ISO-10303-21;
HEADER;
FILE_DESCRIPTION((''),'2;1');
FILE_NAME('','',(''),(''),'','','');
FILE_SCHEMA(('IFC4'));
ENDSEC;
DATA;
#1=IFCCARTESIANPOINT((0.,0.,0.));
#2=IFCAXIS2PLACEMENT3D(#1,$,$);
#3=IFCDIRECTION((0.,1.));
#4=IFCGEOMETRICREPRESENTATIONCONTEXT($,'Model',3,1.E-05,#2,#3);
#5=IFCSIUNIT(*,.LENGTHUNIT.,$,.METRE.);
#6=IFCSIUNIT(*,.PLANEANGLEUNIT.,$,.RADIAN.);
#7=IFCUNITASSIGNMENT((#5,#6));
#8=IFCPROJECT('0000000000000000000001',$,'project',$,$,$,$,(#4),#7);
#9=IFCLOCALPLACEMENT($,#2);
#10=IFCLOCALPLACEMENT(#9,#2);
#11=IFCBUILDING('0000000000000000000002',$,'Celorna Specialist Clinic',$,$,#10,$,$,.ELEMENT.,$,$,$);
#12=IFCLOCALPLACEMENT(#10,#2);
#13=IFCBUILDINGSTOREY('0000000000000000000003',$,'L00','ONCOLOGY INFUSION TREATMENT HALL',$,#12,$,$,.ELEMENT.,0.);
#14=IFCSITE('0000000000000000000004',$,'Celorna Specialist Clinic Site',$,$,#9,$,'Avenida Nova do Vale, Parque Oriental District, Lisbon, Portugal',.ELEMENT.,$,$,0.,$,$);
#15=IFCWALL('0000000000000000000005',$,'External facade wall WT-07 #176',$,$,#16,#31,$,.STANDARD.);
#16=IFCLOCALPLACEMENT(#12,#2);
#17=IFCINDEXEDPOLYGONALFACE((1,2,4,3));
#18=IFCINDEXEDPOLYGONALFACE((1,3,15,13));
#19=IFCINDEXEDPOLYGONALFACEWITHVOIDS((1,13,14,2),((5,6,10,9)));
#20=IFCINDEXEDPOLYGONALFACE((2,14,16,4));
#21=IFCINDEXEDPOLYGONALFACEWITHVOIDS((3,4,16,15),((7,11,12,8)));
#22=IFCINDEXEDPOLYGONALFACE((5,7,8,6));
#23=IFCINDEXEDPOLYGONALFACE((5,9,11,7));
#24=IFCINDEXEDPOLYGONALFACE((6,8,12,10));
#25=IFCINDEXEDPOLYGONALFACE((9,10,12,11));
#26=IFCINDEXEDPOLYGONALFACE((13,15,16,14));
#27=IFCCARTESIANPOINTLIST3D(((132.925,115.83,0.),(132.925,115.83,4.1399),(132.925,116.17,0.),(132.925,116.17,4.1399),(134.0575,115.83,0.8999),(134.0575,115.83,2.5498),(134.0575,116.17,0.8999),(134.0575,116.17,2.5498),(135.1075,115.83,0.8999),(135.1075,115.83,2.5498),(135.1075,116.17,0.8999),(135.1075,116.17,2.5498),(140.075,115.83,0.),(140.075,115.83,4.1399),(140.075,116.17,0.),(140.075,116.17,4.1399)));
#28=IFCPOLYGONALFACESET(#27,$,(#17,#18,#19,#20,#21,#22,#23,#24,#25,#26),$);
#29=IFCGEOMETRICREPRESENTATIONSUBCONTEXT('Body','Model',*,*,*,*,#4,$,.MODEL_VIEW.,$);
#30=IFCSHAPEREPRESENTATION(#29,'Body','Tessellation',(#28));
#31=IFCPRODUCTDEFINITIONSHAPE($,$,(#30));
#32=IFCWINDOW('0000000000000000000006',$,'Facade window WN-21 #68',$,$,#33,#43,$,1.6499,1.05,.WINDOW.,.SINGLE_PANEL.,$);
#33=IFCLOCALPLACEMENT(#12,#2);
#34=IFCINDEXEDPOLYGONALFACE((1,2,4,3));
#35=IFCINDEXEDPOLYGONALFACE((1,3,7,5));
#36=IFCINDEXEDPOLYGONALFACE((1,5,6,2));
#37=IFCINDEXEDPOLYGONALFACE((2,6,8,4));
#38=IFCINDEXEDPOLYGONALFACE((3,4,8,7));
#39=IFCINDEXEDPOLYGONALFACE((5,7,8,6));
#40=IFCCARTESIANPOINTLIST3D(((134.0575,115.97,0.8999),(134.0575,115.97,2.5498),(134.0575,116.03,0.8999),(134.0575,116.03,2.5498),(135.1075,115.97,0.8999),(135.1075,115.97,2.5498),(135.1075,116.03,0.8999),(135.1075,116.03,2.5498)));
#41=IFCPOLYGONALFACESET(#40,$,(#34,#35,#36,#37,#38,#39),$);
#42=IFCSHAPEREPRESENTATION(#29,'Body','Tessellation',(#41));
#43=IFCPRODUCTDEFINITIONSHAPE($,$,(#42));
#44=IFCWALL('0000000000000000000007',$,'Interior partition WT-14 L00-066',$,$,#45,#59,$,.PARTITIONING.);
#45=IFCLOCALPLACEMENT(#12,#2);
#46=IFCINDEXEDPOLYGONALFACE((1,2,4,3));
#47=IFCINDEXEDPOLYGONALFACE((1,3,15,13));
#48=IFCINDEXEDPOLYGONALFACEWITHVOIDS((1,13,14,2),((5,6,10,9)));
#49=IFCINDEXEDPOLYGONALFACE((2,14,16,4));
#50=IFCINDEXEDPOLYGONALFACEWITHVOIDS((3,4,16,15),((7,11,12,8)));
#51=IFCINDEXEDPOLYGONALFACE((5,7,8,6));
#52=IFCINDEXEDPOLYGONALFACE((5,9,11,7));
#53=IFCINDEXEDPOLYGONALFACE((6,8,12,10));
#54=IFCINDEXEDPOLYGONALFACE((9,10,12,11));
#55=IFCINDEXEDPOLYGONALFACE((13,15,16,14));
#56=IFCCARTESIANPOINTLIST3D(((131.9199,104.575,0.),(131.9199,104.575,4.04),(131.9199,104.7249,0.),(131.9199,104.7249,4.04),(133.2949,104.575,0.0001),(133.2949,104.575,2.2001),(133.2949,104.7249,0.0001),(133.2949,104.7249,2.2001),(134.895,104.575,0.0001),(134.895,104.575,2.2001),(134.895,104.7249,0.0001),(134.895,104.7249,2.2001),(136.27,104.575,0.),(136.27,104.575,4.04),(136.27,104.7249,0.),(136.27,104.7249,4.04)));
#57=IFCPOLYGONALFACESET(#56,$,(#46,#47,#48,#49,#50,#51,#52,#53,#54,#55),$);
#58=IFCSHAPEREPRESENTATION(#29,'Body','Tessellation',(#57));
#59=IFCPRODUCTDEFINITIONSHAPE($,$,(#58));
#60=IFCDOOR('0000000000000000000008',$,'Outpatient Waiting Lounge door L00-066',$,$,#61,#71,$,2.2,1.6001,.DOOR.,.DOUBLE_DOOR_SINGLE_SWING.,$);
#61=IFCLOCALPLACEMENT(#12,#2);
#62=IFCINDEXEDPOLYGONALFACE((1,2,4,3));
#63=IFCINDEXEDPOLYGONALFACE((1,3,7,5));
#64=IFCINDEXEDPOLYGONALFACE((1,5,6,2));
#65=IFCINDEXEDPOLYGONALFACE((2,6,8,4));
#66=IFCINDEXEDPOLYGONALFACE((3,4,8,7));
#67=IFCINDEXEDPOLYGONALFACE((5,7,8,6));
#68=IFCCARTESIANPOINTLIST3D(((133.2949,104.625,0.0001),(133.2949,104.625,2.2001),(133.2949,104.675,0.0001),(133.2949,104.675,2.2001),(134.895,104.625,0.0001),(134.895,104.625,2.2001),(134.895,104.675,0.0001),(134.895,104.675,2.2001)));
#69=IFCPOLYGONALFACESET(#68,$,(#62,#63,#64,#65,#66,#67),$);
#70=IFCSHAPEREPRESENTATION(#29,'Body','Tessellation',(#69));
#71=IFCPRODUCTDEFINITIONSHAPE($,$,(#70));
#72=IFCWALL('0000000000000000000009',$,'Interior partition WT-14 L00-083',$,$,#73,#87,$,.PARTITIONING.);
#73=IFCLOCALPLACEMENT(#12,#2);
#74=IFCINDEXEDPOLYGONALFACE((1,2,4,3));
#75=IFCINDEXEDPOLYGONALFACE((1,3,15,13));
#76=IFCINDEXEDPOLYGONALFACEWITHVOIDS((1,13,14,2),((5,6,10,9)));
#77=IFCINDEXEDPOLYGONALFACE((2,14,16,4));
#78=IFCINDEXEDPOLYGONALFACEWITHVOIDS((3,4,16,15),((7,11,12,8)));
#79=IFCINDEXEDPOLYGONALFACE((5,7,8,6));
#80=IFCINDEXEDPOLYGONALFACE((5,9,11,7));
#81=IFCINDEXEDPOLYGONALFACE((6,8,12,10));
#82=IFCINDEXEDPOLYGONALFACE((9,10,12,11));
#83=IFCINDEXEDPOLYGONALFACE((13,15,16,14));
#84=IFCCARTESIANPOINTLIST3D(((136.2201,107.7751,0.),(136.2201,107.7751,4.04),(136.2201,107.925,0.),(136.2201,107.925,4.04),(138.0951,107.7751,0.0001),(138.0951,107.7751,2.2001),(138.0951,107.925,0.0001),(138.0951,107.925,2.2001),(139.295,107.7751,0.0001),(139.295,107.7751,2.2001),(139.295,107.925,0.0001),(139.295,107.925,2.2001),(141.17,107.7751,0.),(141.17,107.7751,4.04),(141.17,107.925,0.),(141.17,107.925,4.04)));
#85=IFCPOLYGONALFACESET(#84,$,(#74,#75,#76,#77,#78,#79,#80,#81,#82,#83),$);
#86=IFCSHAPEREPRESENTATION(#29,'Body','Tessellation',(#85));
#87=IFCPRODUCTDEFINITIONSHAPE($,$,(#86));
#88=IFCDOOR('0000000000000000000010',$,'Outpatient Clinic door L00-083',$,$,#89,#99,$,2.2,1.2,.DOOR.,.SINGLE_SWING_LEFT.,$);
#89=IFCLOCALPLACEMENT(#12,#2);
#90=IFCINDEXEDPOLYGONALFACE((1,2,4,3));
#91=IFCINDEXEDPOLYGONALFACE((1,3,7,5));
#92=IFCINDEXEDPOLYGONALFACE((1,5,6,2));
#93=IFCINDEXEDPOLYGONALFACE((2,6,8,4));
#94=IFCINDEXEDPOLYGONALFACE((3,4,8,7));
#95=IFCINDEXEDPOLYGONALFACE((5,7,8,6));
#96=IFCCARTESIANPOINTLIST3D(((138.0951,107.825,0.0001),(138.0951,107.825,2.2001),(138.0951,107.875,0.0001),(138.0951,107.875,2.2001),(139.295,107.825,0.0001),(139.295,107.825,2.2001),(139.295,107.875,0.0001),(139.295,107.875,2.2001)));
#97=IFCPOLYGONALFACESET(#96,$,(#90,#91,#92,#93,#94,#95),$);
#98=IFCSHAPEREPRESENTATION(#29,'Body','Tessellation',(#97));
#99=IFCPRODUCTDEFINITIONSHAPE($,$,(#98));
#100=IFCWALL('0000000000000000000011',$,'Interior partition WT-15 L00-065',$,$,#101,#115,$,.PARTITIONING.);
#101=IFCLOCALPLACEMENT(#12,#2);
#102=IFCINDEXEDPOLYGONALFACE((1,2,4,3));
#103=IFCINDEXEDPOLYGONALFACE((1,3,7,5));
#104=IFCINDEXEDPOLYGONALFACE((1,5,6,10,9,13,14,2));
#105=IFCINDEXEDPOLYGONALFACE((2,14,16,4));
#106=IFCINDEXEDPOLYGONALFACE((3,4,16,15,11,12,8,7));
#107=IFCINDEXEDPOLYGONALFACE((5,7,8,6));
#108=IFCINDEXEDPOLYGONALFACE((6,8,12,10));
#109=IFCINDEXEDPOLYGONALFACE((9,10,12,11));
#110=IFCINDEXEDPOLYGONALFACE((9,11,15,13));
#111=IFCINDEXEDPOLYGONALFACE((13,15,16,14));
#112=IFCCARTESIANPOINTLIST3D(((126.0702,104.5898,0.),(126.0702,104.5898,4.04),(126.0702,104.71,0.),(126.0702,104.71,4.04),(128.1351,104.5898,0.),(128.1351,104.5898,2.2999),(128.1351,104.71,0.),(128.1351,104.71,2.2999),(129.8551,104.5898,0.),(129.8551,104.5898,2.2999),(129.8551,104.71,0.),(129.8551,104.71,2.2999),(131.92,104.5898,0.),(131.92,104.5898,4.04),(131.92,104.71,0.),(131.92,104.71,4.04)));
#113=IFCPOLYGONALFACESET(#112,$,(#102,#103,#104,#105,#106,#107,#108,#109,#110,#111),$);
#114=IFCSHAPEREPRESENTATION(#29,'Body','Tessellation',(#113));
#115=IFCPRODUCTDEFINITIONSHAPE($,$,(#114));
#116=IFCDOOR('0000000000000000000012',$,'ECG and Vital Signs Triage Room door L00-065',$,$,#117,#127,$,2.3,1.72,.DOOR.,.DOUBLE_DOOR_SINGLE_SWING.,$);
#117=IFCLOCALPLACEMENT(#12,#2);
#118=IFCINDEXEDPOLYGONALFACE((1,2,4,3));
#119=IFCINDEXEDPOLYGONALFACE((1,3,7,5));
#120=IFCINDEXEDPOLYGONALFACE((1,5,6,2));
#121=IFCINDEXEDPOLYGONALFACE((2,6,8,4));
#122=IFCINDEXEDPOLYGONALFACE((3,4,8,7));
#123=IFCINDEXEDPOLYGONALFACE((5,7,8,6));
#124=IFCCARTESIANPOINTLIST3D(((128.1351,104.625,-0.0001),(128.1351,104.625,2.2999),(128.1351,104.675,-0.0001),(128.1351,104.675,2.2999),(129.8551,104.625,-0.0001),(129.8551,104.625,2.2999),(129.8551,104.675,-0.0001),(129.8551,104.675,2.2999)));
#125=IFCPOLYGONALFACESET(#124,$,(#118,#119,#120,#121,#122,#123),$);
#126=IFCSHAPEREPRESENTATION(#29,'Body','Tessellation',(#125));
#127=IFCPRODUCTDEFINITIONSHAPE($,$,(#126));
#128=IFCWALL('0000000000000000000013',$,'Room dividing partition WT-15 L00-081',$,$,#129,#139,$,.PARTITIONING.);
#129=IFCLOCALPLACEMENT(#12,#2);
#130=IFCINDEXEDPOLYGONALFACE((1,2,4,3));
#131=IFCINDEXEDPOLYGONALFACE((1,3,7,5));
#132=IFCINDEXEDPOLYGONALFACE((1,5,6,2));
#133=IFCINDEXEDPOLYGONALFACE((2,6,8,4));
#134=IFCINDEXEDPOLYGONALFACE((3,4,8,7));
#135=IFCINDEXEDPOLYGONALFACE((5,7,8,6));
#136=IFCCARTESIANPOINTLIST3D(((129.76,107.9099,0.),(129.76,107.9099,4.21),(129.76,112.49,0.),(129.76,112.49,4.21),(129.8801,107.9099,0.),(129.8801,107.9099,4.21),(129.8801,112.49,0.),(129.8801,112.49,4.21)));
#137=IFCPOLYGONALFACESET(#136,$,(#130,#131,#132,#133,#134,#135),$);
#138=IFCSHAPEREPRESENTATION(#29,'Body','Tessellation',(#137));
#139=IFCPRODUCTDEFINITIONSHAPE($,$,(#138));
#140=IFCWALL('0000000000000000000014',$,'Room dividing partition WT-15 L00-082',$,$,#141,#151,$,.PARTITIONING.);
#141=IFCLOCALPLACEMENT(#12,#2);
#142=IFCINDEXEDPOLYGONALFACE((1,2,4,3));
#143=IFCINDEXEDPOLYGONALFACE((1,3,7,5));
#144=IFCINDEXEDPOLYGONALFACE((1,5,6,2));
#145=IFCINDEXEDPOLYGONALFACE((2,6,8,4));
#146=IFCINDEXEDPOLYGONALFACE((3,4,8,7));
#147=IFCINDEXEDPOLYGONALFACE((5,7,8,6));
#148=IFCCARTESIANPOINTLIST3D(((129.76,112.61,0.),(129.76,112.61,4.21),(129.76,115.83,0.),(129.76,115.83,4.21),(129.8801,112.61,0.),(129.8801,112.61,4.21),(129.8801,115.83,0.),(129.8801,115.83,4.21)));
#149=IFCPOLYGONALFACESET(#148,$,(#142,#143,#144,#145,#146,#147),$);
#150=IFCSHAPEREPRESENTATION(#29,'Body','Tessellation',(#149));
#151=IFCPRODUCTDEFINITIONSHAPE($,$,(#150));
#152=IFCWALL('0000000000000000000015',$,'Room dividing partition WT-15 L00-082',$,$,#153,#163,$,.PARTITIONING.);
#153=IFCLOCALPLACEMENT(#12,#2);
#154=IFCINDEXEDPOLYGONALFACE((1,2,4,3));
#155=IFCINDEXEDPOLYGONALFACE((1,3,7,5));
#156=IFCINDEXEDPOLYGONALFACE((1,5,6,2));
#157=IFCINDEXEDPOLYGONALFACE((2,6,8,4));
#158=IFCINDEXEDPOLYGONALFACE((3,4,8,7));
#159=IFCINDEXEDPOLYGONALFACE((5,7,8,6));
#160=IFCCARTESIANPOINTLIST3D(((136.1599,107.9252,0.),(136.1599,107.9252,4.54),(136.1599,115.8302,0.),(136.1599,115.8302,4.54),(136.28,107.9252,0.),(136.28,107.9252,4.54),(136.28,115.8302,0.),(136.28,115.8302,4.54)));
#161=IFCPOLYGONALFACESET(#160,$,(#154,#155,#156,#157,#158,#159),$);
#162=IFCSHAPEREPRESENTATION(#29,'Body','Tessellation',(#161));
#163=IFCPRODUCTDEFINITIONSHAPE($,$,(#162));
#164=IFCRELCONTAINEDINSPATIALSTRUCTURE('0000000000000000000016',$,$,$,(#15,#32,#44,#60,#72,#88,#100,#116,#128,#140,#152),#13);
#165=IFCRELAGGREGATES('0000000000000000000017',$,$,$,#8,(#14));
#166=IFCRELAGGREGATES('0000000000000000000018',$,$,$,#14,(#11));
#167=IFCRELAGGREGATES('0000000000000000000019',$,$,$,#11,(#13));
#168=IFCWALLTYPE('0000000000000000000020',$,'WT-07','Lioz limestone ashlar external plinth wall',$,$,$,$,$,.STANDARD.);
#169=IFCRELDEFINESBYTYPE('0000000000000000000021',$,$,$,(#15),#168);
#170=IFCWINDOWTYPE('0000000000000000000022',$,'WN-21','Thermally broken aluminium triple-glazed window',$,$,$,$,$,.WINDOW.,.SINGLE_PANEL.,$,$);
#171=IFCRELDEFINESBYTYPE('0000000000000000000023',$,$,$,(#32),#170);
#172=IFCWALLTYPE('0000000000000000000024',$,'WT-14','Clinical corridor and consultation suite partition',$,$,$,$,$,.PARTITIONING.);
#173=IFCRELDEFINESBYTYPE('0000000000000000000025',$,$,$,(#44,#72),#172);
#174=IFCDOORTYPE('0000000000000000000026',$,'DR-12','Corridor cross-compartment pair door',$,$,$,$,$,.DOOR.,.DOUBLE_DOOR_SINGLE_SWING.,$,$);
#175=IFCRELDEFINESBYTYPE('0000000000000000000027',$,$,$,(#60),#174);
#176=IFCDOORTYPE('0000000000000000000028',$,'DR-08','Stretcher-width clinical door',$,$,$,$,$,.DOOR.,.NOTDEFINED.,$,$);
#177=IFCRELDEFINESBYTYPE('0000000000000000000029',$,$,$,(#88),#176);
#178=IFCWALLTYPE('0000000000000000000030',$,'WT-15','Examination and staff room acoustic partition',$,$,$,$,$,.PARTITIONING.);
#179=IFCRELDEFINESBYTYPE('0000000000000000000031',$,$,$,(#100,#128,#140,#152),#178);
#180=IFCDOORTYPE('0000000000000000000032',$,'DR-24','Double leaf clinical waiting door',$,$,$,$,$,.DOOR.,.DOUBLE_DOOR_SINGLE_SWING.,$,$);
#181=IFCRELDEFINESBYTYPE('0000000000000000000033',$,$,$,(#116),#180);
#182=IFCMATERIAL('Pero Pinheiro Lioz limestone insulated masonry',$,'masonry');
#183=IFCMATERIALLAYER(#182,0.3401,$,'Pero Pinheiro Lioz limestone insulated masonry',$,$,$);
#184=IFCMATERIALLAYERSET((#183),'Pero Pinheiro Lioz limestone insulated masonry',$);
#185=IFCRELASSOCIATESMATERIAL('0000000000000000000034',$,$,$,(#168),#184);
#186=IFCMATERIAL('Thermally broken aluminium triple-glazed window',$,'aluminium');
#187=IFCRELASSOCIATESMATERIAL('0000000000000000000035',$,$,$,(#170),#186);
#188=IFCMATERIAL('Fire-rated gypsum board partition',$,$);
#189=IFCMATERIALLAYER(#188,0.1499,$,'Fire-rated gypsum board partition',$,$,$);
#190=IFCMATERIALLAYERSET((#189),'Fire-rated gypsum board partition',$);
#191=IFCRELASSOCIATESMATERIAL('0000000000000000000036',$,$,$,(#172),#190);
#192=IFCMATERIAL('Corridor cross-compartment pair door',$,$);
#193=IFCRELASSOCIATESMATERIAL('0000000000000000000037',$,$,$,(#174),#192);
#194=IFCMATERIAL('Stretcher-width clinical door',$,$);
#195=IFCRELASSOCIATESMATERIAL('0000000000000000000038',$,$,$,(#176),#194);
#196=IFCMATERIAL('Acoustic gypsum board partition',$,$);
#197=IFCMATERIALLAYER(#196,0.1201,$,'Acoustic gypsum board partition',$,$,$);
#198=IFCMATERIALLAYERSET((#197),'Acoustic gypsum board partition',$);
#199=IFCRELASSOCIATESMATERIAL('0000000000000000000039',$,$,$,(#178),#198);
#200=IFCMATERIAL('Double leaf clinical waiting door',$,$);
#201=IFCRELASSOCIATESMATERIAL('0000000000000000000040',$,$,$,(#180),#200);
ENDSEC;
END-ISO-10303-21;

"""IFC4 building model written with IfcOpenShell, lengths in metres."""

from ifc_helpers import new_model, si_unit, direction, frame, frame_2d, origin, place, context, subcontext, project, spatial, rectangle, extrude, material, layer, layer_set, type_object, element, fill, save


model = new_model("IFC4")

# Units and contexts
model_context = context("Model", 3, precision=1e-05, world=origin(), true_north=direction((0.0, 1.0)))
body_context = subcontext(model_context, "Body", "Model", "MODEL_VIEW")
ifc_project = project(units=[si_unit("LENGTHUNIT", "METRE"), si_unit("PLANEANGLEUNIT", "RADIAN")], contexts=[model_context])

# Site, building, storey
site_placement = place(None, origin())
site = spatial("IfcSite", under=ifc_project, at=site_placement, Name="Celorna Specialist Clinic Site", LongName="Avenida Nova do Vale, Parque Oriental District, Lisbon, Portugal", CompositionType="ELEMENT", RefElevation=0.0)
building_placement = place(site_placement, origin())
building = spatial("IfcBuilding", under=site, at=building_placement, Name="Celorna Specialist Clinic", CompositionType="ELEMENT")
storey_placement = place(building_placement, origin())
storey = spatial("IfcBuildingStorey", under=building, at=storey_placement, Name="L00", Description="ONCOLOGY INFUSION TREATMENT HALL", CompositionType="ELEMENT", Elevation=0.0)

# Wall, opening, window
ifc_material_1 = material(Name="Pero Pinheiro Lioz limestone insulated masonry", Category="masonry")
ifc_layer_1 = layer(ifc_material_1, 0.3401, Name="Pero Pinheiro Lioz limestone insulated masonry")
ifc_layer_set_1 = layer_set([ifc_layer_1], Name="Pero Pinheiro Lioz limestone insulated masonry")
wall_type_1 = type_object("IfcWallType", Name="WT-07", Description="Lioz limestone ashlar external plinth wall", PredefinedType="STANDARD", material=ifc_layer_set_1)
wall_1_placement = place(storey_placement, frame((132.925, 116.0, 0.0), z_axis=(0.0, 0.0, 1.0), x_axis=(1.0, 0.0, 0.0)))
wall_1 = element("IfcWall", 1, at=wall_1_placement, inside=storey, type_object=wall_type_1, Name="External facade wall WT-07 #176", PredefinedType="STANDARD", context=body_context, shape_type="SweptSolid", body=[
    extrude(rectangle(XDim=7.1499, YDim=0.3401, at=frame_2d((3.575, 0.0))), origin(), (0.0, 0.0, 1.0), 4.1399),
])
opening_1_placement = place(wall_1_placement, frame((1.1326, 0.0, 0.8999)))
opening_1 = element("IfcOpeningElement", 2, at=opening_1_placement, cuts=wall_1, PredefinedType="OPENING", context=body_context, shape_type="SweptSolid", body=[
    extrude(rectangle(XDim=1.05, YDim=1.6499, at=frame_2d((0.5249, 0.825))), frame((0.0, 0.1799, 0.0), z_axis=(0.0, -1.0, 0.0), x_axis=(1.0, 0.0, 0.0)), (0.0, 0.0, 1.0), 0.3601),
])
ifc_material_2 = material(Name="Thermally broken aluminium triple-glazed window", Category="aluminium")
window_type = type_object("IfcWindowType", Name="WN-21", Description="Thermally broken aluminium triple-glazed window", PartitioningType="SINGLE_PANEL", PredefinedType="WINDOW", material=ifc_material_2)
window_placement = place(opening_1_placement, origin())
window = element("IfcWindow", 3, at=window_placement, inside=storey, type_object=window_type, Name="Facade window WN-21 #68", OverallHeight=1.6499, OverallWidth=1.05, PartitioningType="SINGLE_PANEL", PredefinedType="WINDOW", context=body_context, shape_type="SweptSolid", body=[
    extrude(rectangle(XDim=1.05, YDim=1.6499, at=frame_2d((0.5249, 0.825))), frame((0.0, 0.03, 0.0), z_axis=(0.0, -1.0, 0.0), x_axis=(1.0, 0.0, 0.0)), (0.0, 0.0, 1.0), 0.0601),
])
fill(opening_1, window)

# Walls, openings, doors
ifc_material_3 = material(Name="Fire-rated gypsum board partition")
ifc_layer_2 = layer(ifc_material_3, 0.1499, Name="Fire-rated gypsum board partition")
ifc_layer_set_2 = layer_set([ifc_layer_2], Name="Fire-rated gypsum board partition")
wall_type_2 = type_object("IfcWallType", Name="WT-14", Description="Clinical corridor and consultation suite partition", PredefinedType="PARTITIONING", material=ifc_layer_set_2)
wall_2_placement = place(storey_placement, frame((136.27, 104.6499, 0.0), z_axis=(0.0, 0.0, 1.0), x_axis=(-1.0, 0.0, 0.0)))
wall_2 = element("IfcWall", 4, at=wall_2_placement, inside=storey, type_object=wall_type_2, Name="Interior partition WT-14 L00-066", PredefinedType="PARTITIONING", context=body_context, shape_type="SweptSolid", body=[
    extrude(rectangle(XDim=4.3501, YDim=0.1499, at=frame_2d((2.175, 0.0))), origin(), (0.0, 0.0, 1.0), 4.04),
])
opening_2_placement = place(wall_2_placement, frame((1.375, 0.0, 0.0)))
opening_2 = element("IfcOpeningElement", 5, at=opening_2_placement, cuts=wall_2, PredefinedType="OPENING", context=body_context, shape_type="SweptSolid", body=[
    extrude(rectangle(XDim=1.6001, YDim=2.2, at=frame_2d((0.8, 1.1001))), frame((0.0, 0.085, 0.0), z_axis=(0.0, -1.0, 0.0), x_axis=(1.0, 0.0, 0.0)), (0.0, 0.0, 1.0), 0.1699),
])
ifc_material_4 = material(Name="Corridor cross-compartment pair door")
door_type_1 = type_object("IfcDoorType", Name="DR-12", Description="Corridor cross-compartment pair door", OperationType="DOUBLE_DOOR_SINGLE_SWING", PredefinedType="DOOR", material=ifc_material_4)
door_1_placement = place(opening_2_placement, origin())
door_1 = element("IfcDoor", 6, at=door_1_placement, inside=storey, type_object=door_type_1, Name="Outpatient Waiting Lounge door L00-066", OperationType="DOUBLE_DOOR_SINGLE_SWING", OverallHeight=2.2, OverallWidth=1.6001, PredefinedType="DOOR", context=body_context, shape_type="SweptSolid", body=[
    extrude(rectangle(XDim=1.6001, YDim=2.2, at=frame_2d((0.8, 1.1001))), frame((0.0, 0.0249, 0.0), z_axis=(0.0, -1.0, 0.0), x_axis=(1.0, 0.0, 0.0)), (0.0, 0.0, 1.0), 0.05),
])
fill(opening_2, door_1)
wall_3_placement = place(storey_placement, frame((136.22, 107.8501, 0.0), z_axis=(0.0, 0.0, 1.0), x_axis=(1.0, 0.0, 0.0)))
wall_3 = element("IfcWall", 7, at=wall_3_placement, inside=storey, type_object=wall_type_2, Name="Interior partition WT-14 L00-083", PredefinedType="PARTITIONING", context=body_context, shape_type="SweptSolid", body=[
    extrude(rectangle(XDim=4.95, YDim=0.1499, at=frame_2d((2.4751, 0.0))), origin(), (0.0, 0.0, 1.0), 4.04),
])
opening_3_placement = place(wall_3_placement, frame((1.875, 0.0, 0.0)))
opening_3 = element("IfcOpeningElement", 8, at=opening_3_placement, cuts=wall_3, PredefinedType="OPENING", context=body_context, shape_type="SweptSolid", body=[
    extrude(rectangle(XDim=1.2, YDim=2.2, at=frame_2d((0.6001, 1.1001))), frame((0.0, 0.085, 0.0), z_axis=(0.0, -1.0, 0.0), x_axis=(1.0, 0.0, 0.0)), (0.0, 0.0, 1.0), 0.1699),
])
ifc_material_5 = material(Name="Stretcher-width clinical door")
door_type_2 = type_object("IfcDoorType", Name="DR-08", Description="Stretcher-width clinical door", OperationType="NOTDEFINED", PredefinedType="DOOR", material=ifc_material_5)
door_2_placement = place(opening_3_placement, origin())
door_2 = element("IfcDoor", 9, at=door_2_placement, inside=storey, type_object=door_type_2, Name="Outpatient Clinic door L00-083", OperationType="SINGLE_SWING_LEFT", OverallHeight=2.2, OverallWidth=1.2, PredefinedType="DOOR", context=body_context, shape_type="SweptSolid", body=[
    extrude(rectangle(XDim=1.2, YDim=2.2, at=frame_2d((0.6001, 1.1001))), frame((0.0, 0.0249, 0.0), z_axis=(0.0, -1.0, 0.0), x_axis=(1.0, 0.0, 0.0)), (0.0, 0.0, 1.0), 0.05),
])
fill(opening_3, door_2)
ifc_material_6 = material(Name="Acoustic gypsum board partition")
ifc_layer_3 = layer(ifc_material_6, 0.1201, Name="Acoustic gypsum board partition")
ifc_layer_set_3 = layer_set([ifc_layer_3], Name="Acoustic gypsum board partition")
wall_type_3 = type_object("IfcWallType", Name="WT-15", Description="Examination and staff room acoustic partition", PredefinedType="PARTITIONING", material=ifc_layer_set_3)
wall_4_placement = place(storey_placement, frame((131.9199, 104.6499, 0.0), z_axis=(0.0, 0.0, 1.0), x_axis=(-1.0, 0.0, 0.0)))
wall_4 = element("IfcWall", 10, at=wall_4_placement, inside=storey, type_object=wall_type_3, Name="Interior partition WT-15 L00-065", PredefinedType="PARTITIONING", context=body_context, shape_type="SweptSolid", body=[
    extrude(rectangle(XDim=5.8499, YDim=0.1201, at=frame_2d((2.9248, 0.0))), origin(), (0.0, 0.0, 1.0), 4.04),
])
opening_4_placement = place(wall_4_placement, frame((2.0649, 0.0, 0.0)))
opening_4 = element("IfcOpeningElement", 11, at=opening_4_placement, cuts=wall_4, PredefinedType="OPENING", context=body_context, shape_type="SweptSolid", body=[
    extrude(rectangle(XDim=1.72, YDim=2.3, at=frame_2d((0.8599, 1.1499))), frame((0.0, 0.0701, 0.0), z_axis=(0.0, -1.0, 0.0), x_axis=(1.0, 0.0, 0.0)), (0.0, 0.0, 1.0), 0.1401),
])
ifc_material_7 = material(Name="Double leaf clinical waiting door")
door_type_3 = type_object("IfcDoorType", Name="DR-24", Description="Double leaf clinical waiting door", OperationType="DOUBLE_DOOR_SINGLE_SWING", PredefinedType="DOOR", material=ifc_material_7)
door_3_placement = place(opening_4_placement, origin())
door_3 = element("IfcDoor", 12, at=door_3_placement, inside=storey, type_object=door_type_3, Name="ECG and Vital Signs Triage Room door L00-065", OperationType="DOUBLE_DOOR_SINGLE_SWING", OverallHeight=2.3, OverallWidth=1.72, PredefinedType="DOOR", context=body_context, shape_type="SweptSolid", body=[
    extrude(rectangle(XDim=1.72, YDim=2.3, at=frame_2d((0.8599, 1.1499))), frame((0.0, 0.0249, 0.0), z_axis=(0.0, -1.0, 0.0), x_axis=(1.0, 0.0, 0.0)), (0.0, 0.0, 1.0), 0.05),
])
fill(opening_4, door_3)

# Walls
wall_5_placement = place(storey_placement, frame((129.8201, 107.9099, 0.0), z_axis=(0.0, 0.0, 1.0), x_axis=(0.0, 1.0, 0.0)))
element("IfcWall", 13, at=wall_5_placement, inside=storey, type_object=wall_type_3, Name="Room dividing partition WT-15 L00-081", PredefinedType="PARTITIONING", context=body_context, shape_type="SweptSolid", body=[
    extrude(rectangle(XDim=4.5801, YDim=0.1201, at=frame_2d((2.29, 0.0))), origin(), (0.0, 0.0, 1.0), 4.21),
])
wall_6_placement = place(storey_placement, frame((129.8201, 112.6101, 0.0), z_axis=(0.0, 0.0, 1.0), x_axis=(0.0, 1.0, 0.0)))
element("IfcWall", 14, at=wall_6_placement, inside=storey, type_object=wall_type_3, Name="Room dividing partition WT-15 L00-082", PredefinedType="PARTITIONING", context=body_context, shape_type="SweptSolid", body=[
    extrude(rectangle(XDim=3.22, YDim=0.1201, at=frame_2d((1.6099, 0.0))), origin(), (0.0, 0.0, 1.0), 4.21),
])
wall_7_placement = place(storey_placement, frame((136.22, 107.925, 0.0), z_axis=(0.0, 0.0, 1.0), x_axis=(0.0, 1.0, 0.0)))
element("IfcWall", 15, at=wall_7_placement, inside=storey, type_object=wall_type_3, Name="Room dividing partition WT-15 L00-082", PredefinedType="PARTITIONING", context=body_context, shape_type="SweptSolid", body=[
    extrude(rectangle(XDim=7.905, YDim=0.1201, at=frame_2d((3.9526, 0.0))), origin(), (0.0, 0.0, 1.0), 4.54),
])

save(model, "model.ifc")
